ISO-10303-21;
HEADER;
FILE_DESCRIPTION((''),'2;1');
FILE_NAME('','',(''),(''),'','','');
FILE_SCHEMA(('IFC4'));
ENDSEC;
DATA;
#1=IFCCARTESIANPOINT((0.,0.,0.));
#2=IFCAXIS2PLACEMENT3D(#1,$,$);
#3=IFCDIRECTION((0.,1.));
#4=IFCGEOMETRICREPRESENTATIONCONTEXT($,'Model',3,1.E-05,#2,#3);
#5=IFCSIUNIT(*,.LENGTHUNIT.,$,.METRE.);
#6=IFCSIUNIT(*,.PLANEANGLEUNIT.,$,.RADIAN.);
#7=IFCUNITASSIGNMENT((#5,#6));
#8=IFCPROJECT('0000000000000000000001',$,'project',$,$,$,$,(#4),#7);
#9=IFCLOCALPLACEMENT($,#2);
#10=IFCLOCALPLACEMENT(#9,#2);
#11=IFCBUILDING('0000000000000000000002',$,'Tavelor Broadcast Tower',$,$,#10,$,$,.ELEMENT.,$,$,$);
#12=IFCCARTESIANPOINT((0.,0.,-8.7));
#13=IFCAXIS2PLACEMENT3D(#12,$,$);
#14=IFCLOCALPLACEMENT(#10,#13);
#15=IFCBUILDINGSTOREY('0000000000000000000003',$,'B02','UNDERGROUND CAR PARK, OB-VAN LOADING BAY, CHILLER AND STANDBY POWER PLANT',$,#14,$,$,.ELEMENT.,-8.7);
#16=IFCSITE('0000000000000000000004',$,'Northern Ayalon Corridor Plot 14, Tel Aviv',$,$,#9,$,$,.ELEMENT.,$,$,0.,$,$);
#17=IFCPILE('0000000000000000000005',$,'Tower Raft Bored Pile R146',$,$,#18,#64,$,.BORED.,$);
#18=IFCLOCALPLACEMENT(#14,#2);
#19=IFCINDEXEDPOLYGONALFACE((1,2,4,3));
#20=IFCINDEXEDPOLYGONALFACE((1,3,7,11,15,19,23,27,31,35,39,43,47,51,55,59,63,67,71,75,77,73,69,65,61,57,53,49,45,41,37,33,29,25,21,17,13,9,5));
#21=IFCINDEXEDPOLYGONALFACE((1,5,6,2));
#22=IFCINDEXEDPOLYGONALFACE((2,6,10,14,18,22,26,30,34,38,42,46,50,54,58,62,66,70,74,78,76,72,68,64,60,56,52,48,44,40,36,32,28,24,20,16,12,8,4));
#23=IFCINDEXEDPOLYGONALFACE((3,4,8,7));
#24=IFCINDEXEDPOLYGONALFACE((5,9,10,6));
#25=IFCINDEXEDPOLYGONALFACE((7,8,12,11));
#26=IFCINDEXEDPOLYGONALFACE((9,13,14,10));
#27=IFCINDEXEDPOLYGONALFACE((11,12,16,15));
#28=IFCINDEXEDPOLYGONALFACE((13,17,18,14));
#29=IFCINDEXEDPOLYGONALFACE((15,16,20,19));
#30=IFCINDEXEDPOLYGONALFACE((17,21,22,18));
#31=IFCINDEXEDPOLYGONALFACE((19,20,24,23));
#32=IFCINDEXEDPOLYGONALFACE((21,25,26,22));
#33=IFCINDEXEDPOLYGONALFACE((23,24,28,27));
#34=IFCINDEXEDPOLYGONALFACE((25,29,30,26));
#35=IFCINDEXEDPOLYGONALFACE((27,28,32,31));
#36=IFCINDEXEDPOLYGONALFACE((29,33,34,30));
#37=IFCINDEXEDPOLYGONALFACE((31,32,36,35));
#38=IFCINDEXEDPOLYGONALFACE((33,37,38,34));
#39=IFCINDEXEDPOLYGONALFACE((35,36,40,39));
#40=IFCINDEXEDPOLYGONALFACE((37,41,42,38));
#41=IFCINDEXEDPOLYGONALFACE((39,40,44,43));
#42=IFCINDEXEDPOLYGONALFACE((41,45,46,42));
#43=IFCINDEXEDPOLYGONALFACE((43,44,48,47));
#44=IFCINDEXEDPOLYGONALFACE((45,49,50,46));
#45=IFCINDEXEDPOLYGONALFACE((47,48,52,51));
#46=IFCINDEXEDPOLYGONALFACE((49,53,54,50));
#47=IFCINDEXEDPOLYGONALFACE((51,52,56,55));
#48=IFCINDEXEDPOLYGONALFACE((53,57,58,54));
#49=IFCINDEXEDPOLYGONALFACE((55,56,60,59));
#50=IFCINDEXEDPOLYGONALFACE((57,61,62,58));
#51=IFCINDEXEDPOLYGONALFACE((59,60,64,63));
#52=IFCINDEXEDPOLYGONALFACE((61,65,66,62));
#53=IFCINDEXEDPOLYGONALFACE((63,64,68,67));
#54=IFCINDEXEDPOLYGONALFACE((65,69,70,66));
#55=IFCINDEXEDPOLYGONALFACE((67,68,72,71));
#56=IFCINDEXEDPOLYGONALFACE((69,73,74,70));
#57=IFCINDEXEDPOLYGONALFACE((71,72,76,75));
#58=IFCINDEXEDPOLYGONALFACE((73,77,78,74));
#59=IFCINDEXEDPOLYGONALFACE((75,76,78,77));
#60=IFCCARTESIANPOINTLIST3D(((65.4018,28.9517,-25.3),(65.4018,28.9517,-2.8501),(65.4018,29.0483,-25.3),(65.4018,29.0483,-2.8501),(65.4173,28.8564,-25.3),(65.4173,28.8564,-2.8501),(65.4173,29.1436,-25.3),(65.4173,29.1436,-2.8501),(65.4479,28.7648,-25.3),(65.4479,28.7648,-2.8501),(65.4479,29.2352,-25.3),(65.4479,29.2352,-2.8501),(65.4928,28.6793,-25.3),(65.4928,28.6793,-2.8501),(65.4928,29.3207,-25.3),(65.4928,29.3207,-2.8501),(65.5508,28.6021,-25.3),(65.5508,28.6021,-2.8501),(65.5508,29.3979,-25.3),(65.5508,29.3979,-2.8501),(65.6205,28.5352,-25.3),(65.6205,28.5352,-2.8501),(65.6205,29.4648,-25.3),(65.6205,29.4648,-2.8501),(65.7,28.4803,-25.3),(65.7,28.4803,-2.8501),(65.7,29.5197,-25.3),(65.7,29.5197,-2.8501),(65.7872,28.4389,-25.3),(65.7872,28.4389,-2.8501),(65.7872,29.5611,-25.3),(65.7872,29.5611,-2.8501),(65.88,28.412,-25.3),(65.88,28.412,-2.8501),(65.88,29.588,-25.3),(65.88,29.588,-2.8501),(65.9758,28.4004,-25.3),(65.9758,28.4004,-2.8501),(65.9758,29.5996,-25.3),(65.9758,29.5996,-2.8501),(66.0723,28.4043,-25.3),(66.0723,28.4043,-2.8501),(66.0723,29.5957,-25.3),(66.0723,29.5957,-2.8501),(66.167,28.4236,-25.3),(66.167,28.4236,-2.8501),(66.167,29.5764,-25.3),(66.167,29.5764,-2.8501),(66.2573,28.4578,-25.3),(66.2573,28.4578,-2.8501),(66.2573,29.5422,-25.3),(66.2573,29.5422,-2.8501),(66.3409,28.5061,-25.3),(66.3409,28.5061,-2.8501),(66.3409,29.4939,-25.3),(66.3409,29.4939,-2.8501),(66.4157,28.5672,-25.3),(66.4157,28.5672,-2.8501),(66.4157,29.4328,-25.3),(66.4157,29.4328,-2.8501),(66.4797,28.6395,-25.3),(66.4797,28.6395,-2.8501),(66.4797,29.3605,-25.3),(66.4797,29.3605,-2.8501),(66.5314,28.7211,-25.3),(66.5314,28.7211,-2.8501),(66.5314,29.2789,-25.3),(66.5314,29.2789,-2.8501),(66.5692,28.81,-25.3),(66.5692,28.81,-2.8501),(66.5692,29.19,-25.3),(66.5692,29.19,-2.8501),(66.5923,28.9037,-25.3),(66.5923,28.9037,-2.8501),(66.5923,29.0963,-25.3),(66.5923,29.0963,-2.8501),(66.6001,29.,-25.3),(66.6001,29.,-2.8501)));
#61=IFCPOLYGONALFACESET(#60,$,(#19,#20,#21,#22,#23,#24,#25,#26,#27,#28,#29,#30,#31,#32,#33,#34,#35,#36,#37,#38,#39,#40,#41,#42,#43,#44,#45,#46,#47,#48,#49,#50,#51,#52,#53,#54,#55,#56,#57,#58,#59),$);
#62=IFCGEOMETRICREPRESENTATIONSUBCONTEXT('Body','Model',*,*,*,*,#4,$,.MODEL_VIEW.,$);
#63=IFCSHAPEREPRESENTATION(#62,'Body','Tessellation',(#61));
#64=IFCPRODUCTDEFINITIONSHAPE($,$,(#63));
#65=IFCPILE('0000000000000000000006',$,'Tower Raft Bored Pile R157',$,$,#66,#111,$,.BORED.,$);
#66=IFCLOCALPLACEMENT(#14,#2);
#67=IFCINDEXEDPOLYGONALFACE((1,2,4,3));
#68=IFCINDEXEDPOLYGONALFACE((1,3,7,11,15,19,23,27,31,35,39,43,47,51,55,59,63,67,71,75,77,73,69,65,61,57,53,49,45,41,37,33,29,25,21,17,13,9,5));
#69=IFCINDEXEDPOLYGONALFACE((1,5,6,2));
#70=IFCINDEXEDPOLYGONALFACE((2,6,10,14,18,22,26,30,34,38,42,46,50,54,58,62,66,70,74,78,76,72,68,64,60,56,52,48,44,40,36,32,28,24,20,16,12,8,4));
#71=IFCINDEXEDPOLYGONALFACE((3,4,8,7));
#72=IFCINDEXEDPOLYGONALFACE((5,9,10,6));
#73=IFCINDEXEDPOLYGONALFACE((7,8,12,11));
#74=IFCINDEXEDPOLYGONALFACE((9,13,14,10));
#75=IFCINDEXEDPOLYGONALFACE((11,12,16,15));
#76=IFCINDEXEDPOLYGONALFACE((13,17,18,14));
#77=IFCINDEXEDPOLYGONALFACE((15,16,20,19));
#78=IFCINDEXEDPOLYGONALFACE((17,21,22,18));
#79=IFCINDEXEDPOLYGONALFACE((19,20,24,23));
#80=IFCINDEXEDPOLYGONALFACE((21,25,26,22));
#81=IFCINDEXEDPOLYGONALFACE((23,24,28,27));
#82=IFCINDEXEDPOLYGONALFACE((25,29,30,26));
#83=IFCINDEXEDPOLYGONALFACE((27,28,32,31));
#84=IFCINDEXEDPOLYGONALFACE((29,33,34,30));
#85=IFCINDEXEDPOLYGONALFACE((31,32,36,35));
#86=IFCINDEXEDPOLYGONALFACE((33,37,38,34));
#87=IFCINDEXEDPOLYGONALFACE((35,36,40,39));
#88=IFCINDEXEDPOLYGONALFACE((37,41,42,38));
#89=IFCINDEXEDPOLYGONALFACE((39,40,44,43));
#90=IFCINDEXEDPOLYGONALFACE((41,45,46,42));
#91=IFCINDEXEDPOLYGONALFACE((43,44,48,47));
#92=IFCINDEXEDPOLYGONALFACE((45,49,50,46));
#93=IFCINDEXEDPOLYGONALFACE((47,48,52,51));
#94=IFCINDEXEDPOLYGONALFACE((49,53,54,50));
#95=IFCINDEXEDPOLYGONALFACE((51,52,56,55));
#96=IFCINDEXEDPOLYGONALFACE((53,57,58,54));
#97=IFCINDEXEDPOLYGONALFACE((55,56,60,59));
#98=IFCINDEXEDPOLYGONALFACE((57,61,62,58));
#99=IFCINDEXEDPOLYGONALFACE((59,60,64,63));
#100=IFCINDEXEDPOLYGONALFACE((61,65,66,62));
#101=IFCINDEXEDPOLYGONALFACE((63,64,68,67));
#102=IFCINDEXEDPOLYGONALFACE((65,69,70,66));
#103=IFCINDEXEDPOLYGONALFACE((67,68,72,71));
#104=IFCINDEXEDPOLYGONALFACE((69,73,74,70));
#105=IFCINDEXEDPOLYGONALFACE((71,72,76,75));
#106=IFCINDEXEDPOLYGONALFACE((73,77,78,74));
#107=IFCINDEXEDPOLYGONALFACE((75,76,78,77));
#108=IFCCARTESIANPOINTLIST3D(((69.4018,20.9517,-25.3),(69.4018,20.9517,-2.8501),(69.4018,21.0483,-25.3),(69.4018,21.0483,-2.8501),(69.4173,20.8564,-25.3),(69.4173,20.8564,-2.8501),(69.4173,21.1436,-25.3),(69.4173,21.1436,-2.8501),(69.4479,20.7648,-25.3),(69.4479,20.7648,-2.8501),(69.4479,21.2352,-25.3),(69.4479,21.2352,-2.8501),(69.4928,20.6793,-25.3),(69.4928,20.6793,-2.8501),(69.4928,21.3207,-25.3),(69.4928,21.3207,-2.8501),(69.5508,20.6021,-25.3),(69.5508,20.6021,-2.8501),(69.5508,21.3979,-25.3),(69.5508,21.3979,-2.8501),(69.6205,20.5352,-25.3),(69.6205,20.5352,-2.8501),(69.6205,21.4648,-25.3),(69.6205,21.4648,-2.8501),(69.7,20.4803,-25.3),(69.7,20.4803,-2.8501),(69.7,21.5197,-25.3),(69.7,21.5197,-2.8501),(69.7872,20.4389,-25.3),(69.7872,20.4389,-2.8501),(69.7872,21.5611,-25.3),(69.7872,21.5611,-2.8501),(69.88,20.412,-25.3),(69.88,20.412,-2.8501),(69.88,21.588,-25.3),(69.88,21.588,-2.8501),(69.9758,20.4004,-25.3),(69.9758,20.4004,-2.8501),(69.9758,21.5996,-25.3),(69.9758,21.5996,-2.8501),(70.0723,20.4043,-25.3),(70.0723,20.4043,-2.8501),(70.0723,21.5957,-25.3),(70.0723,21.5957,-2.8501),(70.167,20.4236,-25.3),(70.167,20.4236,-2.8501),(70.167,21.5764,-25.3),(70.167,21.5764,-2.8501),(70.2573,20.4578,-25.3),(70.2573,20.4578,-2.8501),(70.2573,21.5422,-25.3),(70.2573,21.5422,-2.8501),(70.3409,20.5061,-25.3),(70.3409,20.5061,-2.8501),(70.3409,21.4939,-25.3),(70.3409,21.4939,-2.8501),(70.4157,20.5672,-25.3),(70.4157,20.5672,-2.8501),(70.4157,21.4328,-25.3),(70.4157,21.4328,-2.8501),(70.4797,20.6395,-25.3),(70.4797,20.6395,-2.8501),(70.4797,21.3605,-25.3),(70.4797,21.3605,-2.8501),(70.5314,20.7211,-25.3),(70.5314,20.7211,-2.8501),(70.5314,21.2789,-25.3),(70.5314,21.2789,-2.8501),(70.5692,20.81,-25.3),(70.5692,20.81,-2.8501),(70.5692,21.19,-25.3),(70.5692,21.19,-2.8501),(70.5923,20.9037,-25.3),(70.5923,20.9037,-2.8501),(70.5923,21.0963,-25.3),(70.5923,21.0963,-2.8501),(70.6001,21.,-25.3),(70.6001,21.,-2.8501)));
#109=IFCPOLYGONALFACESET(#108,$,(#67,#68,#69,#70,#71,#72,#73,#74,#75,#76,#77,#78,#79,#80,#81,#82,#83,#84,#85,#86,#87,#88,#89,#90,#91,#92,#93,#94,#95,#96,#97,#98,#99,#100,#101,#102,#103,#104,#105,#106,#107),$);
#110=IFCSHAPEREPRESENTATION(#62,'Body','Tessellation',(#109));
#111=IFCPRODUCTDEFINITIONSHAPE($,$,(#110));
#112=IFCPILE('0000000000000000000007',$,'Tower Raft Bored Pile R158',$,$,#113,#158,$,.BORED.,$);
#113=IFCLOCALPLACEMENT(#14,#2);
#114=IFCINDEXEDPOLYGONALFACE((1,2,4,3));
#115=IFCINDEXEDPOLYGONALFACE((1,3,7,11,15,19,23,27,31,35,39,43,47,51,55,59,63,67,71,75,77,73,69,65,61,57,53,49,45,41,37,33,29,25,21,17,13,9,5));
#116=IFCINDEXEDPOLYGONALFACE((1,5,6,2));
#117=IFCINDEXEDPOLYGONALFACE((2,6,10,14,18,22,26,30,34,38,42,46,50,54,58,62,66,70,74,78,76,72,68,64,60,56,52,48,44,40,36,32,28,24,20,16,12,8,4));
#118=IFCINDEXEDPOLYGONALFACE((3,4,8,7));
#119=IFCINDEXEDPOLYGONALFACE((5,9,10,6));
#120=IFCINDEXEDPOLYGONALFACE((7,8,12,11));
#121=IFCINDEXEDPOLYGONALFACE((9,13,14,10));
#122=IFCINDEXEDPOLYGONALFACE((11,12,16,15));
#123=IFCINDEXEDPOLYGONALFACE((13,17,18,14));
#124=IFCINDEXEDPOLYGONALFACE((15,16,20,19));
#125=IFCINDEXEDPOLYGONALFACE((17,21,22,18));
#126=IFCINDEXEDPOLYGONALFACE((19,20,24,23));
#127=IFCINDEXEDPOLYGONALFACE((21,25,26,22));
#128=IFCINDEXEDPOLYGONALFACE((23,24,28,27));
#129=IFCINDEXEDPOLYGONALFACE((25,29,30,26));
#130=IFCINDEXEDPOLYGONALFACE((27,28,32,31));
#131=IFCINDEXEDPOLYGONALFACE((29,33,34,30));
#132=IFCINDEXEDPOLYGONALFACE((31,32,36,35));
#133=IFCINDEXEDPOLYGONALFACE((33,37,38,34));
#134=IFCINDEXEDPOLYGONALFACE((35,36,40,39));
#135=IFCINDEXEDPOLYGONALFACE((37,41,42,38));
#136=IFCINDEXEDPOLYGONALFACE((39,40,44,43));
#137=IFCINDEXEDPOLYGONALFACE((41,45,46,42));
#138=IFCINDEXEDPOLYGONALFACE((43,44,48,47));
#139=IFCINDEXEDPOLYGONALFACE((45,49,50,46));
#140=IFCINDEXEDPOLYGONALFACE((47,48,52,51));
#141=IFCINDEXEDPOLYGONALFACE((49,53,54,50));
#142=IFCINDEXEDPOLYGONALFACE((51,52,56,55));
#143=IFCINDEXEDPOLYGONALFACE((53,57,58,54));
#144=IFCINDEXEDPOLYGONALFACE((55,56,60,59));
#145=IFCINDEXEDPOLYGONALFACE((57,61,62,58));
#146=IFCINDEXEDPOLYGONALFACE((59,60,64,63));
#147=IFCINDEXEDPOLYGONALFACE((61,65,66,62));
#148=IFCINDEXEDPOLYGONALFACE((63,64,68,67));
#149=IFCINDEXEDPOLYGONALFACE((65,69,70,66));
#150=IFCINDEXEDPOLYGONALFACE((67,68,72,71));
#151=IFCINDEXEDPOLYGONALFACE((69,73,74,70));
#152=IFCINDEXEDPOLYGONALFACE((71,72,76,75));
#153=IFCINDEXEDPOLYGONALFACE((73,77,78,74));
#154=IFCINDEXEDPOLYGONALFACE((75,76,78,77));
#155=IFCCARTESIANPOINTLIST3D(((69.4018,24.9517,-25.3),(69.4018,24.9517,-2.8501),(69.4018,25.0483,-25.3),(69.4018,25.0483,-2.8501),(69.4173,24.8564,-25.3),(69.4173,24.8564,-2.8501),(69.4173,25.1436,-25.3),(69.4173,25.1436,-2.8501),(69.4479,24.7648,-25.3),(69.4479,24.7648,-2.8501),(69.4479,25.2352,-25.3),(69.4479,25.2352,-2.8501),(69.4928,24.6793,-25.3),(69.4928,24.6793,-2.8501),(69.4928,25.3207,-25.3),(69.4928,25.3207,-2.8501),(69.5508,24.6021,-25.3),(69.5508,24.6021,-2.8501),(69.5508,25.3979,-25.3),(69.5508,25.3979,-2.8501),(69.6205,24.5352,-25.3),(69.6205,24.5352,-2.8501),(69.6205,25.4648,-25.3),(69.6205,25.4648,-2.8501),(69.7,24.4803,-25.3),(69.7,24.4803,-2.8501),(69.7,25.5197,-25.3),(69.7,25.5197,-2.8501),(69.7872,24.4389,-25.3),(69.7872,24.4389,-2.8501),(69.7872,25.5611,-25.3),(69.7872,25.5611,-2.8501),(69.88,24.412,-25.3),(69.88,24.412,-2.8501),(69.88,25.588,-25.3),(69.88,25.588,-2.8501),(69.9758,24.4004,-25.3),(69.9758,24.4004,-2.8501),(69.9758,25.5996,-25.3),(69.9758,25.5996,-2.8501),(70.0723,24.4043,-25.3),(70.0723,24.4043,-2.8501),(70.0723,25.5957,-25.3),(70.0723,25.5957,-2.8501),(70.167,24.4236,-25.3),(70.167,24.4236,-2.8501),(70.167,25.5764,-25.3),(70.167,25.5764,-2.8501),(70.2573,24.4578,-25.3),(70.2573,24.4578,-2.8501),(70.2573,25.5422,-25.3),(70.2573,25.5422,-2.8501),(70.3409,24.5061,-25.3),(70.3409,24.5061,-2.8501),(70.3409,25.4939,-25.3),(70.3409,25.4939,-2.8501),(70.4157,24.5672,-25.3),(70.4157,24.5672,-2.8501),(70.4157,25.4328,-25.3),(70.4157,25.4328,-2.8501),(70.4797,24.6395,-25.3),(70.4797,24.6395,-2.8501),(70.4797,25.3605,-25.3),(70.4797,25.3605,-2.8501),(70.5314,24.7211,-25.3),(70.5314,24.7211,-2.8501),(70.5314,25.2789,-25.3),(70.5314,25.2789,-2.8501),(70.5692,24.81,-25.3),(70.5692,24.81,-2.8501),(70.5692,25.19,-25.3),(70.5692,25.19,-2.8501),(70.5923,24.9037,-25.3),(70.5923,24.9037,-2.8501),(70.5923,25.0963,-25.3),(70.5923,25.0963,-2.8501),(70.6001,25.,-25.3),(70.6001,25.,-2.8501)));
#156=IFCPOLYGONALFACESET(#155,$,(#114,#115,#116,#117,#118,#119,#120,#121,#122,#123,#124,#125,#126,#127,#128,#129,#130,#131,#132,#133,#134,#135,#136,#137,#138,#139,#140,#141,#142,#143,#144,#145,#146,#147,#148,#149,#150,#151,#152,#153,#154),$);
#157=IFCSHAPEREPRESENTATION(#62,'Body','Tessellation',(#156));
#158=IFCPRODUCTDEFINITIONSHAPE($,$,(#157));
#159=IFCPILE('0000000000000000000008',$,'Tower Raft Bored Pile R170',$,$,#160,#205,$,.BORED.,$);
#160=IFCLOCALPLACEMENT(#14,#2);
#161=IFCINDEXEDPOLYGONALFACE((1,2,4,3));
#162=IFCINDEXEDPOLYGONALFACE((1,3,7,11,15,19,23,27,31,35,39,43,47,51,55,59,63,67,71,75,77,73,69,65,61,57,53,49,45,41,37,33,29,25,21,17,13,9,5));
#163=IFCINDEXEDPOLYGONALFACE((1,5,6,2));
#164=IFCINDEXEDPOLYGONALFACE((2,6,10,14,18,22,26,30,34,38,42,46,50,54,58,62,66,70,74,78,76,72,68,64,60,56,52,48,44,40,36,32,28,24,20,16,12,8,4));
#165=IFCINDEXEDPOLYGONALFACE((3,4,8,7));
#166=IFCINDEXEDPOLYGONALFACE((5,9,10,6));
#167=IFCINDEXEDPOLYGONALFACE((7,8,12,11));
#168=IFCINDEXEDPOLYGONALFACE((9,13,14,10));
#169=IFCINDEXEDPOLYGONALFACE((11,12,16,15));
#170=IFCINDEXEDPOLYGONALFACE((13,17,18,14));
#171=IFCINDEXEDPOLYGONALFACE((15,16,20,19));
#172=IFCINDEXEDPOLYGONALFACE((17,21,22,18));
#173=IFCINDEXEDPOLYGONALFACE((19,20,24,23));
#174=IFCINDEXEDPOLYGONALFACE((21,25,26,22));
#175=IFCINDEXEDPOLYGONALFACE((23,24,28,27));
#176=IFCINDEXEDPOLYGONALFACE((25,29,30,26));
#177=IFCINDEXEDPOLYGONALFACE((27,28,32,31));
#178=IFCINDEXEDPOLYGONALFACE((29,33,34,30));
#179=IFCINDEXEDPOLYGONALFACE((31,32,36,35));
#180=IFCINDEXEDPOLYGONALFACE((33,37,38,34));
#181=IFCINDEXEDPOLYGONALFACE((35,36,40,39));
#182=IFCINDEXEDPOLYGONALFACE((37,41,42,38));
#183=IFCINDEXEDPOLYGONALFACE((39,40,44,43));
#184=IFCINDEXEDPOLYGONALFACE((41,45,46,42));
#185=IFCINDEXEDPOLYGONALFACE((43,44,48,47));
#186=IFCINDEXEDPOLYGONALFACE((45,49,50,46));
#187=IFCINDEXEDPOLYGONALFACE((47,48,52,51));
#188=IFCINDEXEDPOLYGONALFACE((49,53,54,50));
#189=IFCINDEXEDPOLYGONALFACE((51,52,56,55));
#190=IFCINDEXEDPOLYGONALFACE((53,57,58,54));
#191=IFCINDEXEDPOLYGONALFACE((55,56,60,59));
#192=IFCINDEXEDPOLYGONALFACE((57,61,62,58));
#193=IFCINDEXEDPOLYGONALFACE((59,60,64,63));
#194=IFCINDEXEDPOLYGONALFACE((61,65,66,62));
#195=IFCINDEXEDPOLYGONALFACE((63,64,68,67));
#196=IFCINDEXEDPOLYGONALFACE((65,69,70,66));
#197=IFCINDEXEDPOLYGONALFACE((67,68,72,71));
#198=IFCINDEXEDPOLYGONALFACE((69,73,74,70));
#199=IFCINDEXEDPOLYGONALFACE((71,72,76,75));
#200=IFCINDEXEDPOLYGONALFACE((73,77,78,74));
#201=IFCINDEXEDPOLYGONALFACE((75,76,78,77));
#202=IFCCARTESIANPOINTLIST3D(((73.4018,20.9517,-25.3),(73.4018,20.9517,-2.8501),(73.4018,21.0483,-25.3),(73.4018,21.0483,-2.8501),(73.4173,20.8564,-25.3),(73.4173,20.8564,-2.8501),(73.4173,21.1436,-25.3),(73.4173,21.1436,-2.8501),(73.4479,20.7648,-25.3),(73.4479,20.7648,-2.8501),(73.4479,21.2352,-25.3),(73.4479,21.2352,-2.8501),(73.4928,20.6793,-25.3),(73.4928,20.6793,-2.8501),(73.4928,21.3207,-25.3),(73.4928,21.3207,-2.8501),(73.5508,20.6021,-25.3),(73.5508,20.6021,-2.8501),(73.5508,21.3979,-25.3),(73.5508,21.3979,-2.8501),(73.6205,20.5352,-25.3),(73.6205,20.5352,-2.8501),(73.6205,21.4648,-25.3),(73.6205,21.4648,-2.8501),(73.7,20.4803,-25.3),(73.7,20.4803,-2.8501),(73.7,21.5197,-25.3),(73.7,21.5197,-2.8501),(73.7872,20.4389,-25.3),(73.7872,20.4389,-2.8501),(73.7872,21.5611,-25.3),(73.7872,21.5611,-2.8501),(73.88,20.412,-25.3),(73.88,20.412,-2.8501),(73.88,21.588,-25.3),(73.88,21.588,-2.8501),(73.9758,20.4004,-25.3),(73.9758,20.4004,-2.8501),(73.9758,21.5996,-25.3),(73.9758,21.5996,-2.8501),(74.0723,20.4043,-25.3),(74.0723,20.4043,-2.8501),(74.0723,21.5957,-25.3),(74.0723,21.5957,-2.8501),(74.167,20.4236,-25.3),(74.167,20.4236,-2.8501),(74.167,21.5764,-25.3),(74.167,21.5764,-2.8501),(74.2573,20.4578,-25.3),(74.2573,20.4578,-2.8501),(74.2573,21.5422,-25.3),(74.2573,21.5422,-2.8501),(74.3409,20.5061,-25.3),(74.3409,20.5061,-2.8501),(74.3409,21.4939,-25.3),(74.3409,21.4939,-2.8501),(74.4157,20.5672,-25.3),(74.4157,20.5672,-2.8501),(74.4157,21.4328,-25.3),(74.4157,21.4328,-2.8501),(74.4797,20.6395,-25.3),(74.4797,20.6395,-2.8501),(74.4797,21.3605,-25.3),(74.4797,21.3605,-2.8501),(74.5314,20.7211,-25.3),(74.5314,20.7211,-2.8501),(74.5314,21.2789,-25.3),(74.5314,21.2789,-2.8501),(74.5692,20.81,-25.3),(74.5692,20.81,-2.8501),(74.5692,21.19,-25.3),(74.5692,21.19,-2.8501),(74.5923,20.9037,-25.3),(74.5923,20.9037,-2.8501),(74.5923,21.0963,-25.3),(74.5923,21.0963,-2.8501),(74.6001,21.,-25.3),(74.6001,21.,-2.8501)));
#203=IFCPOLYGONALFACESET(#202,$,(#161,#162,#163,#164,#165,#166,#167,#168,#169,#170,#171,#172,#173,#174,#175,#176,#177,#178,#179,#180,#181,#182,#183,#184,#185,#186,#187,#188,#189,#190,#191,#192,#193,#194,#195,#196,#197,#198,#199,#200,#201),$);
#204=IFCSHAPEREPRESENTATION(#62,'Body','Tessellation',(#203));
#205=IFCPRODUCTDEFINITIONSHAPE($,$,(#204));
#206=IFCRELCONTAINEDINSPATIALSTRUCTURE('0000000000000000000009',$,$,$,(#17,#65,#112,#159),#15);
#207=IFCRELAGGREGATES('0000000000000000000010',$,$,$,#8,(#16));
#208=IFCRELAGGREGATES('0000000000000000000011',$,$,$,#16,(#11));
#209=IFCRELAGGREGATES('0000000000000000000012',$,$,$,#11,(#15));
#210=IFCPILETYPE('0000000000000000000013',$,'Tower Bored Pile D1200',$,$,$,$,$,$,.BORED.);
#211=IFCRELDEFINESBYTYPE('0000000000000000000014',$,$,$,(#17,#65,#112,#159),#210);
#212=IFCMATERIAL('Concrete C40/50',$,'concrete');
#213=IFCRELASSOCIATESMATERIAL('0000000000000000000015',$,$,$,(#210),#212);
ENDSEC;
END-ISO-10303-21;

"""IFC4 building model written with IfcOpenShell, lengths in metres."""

from ifc_helpers import new_model, si_unit, direction, frame, origin, origin_2d, place, context, subcontext, project, spatial, circle, extrude, material, material_profile, profile_set, type_object, element, save


model = new_model("IFC4")

# Units and contexts
model_context = context("Model", 3, precision=1e-05, world=origin(), true_north=direction((0.0, 1.0)))
body_context = subcontext(model_context, "Body", "Model", "MODEL_VIEW")
ifc_project = project(units=[si_unit("LENGTHUNIT", "METRE"), si_unit("PLANEANGLEUNIT", "RADIAN")], contexts=[model_context])

# Site, building, storey
site_placement = place(None, origin())
site = spatial("IfcSite", under=ifc_project, at=site_placement, Name="Northern Ayalon Corridor Plot 14, Tel Aviv", CompositionType="ELEMENT", RefElevation=0.0)
building_placement = place(site_placement, origin())
building = spatial("IfcBuilding", under=site, at=building_placement, Name="Tavelor Broadcast Tower", CompositionType="ELEMENT")
storey_placement = place(building_placement, frame((0.0, 0.0, -8.7)))
storey = spatial("IfcBuildingStorey", under=building, at=storey_placement, Name="B02", Description="UNDERGROUND CAR PARK, OB-VAN LOADING BAY, CHILLER AND STANDBY POWER PLANT", CompositionType="ELEMENT", Elevation=-8.7)

# Shared definitions
ifc_material_1 = material(Name="Concrete C40/50", Category="concrete")

# Piles
ifc_material_profile_1 = material_profile(ifc_material_1, circle(Radius=0.6001, at=origin_2d()), Name="PILE D1200")
ifc_profile_set_1 = profile_set([ifc_material_profile_1], Name="Concrete C40/50")
pile_type_1 = type_object("IfcPileType", Name="Tower Bored Pile D1200", PredefinedType="BORED", material=ifc_profile_set_1)
for number, where, z_axis, x_axis, name in (
    (1, (66.0, 29.0, -2.8501), (0.0, 0.0, -1.0), (1.0, 0.0, 0.0), "Tower Raft Bored Pile R146"),
    (2, (70.0, 21.0, -2.8501), (0.0, 0.0, -1.0), (1.0, 0.0, 0.0), "Tower Raft Bored Pile R157"),
    (3, (70.0, 25.0, -2.8501), (0.0, 0.0, -1.0), (1.0, 0.0, 0.0), "Tower Raft Bored Pile R158"),
    (4, (74.0, 21.0, -2.8501), (0.0, 0.0, -1.0), (1.0, 0.0, 0.0), "Tower Raft Bored Pile R170"),
):
    element("IfcPile", number, at=place(storey_placement, frame(where, z_axis=z_axis, x_axis=x_axis)), inside=storey, type_object=pile_type_1, Name=name, PredefinedType="BORED", context=body_context, shape_type="SweptSolid", body=[
        extrude(circle(Radius=0.6001, at=origin_2d()), origin(), (0.0, 0.0, 1.0), 22.45),
    ])

save(model, "model.ifc")
